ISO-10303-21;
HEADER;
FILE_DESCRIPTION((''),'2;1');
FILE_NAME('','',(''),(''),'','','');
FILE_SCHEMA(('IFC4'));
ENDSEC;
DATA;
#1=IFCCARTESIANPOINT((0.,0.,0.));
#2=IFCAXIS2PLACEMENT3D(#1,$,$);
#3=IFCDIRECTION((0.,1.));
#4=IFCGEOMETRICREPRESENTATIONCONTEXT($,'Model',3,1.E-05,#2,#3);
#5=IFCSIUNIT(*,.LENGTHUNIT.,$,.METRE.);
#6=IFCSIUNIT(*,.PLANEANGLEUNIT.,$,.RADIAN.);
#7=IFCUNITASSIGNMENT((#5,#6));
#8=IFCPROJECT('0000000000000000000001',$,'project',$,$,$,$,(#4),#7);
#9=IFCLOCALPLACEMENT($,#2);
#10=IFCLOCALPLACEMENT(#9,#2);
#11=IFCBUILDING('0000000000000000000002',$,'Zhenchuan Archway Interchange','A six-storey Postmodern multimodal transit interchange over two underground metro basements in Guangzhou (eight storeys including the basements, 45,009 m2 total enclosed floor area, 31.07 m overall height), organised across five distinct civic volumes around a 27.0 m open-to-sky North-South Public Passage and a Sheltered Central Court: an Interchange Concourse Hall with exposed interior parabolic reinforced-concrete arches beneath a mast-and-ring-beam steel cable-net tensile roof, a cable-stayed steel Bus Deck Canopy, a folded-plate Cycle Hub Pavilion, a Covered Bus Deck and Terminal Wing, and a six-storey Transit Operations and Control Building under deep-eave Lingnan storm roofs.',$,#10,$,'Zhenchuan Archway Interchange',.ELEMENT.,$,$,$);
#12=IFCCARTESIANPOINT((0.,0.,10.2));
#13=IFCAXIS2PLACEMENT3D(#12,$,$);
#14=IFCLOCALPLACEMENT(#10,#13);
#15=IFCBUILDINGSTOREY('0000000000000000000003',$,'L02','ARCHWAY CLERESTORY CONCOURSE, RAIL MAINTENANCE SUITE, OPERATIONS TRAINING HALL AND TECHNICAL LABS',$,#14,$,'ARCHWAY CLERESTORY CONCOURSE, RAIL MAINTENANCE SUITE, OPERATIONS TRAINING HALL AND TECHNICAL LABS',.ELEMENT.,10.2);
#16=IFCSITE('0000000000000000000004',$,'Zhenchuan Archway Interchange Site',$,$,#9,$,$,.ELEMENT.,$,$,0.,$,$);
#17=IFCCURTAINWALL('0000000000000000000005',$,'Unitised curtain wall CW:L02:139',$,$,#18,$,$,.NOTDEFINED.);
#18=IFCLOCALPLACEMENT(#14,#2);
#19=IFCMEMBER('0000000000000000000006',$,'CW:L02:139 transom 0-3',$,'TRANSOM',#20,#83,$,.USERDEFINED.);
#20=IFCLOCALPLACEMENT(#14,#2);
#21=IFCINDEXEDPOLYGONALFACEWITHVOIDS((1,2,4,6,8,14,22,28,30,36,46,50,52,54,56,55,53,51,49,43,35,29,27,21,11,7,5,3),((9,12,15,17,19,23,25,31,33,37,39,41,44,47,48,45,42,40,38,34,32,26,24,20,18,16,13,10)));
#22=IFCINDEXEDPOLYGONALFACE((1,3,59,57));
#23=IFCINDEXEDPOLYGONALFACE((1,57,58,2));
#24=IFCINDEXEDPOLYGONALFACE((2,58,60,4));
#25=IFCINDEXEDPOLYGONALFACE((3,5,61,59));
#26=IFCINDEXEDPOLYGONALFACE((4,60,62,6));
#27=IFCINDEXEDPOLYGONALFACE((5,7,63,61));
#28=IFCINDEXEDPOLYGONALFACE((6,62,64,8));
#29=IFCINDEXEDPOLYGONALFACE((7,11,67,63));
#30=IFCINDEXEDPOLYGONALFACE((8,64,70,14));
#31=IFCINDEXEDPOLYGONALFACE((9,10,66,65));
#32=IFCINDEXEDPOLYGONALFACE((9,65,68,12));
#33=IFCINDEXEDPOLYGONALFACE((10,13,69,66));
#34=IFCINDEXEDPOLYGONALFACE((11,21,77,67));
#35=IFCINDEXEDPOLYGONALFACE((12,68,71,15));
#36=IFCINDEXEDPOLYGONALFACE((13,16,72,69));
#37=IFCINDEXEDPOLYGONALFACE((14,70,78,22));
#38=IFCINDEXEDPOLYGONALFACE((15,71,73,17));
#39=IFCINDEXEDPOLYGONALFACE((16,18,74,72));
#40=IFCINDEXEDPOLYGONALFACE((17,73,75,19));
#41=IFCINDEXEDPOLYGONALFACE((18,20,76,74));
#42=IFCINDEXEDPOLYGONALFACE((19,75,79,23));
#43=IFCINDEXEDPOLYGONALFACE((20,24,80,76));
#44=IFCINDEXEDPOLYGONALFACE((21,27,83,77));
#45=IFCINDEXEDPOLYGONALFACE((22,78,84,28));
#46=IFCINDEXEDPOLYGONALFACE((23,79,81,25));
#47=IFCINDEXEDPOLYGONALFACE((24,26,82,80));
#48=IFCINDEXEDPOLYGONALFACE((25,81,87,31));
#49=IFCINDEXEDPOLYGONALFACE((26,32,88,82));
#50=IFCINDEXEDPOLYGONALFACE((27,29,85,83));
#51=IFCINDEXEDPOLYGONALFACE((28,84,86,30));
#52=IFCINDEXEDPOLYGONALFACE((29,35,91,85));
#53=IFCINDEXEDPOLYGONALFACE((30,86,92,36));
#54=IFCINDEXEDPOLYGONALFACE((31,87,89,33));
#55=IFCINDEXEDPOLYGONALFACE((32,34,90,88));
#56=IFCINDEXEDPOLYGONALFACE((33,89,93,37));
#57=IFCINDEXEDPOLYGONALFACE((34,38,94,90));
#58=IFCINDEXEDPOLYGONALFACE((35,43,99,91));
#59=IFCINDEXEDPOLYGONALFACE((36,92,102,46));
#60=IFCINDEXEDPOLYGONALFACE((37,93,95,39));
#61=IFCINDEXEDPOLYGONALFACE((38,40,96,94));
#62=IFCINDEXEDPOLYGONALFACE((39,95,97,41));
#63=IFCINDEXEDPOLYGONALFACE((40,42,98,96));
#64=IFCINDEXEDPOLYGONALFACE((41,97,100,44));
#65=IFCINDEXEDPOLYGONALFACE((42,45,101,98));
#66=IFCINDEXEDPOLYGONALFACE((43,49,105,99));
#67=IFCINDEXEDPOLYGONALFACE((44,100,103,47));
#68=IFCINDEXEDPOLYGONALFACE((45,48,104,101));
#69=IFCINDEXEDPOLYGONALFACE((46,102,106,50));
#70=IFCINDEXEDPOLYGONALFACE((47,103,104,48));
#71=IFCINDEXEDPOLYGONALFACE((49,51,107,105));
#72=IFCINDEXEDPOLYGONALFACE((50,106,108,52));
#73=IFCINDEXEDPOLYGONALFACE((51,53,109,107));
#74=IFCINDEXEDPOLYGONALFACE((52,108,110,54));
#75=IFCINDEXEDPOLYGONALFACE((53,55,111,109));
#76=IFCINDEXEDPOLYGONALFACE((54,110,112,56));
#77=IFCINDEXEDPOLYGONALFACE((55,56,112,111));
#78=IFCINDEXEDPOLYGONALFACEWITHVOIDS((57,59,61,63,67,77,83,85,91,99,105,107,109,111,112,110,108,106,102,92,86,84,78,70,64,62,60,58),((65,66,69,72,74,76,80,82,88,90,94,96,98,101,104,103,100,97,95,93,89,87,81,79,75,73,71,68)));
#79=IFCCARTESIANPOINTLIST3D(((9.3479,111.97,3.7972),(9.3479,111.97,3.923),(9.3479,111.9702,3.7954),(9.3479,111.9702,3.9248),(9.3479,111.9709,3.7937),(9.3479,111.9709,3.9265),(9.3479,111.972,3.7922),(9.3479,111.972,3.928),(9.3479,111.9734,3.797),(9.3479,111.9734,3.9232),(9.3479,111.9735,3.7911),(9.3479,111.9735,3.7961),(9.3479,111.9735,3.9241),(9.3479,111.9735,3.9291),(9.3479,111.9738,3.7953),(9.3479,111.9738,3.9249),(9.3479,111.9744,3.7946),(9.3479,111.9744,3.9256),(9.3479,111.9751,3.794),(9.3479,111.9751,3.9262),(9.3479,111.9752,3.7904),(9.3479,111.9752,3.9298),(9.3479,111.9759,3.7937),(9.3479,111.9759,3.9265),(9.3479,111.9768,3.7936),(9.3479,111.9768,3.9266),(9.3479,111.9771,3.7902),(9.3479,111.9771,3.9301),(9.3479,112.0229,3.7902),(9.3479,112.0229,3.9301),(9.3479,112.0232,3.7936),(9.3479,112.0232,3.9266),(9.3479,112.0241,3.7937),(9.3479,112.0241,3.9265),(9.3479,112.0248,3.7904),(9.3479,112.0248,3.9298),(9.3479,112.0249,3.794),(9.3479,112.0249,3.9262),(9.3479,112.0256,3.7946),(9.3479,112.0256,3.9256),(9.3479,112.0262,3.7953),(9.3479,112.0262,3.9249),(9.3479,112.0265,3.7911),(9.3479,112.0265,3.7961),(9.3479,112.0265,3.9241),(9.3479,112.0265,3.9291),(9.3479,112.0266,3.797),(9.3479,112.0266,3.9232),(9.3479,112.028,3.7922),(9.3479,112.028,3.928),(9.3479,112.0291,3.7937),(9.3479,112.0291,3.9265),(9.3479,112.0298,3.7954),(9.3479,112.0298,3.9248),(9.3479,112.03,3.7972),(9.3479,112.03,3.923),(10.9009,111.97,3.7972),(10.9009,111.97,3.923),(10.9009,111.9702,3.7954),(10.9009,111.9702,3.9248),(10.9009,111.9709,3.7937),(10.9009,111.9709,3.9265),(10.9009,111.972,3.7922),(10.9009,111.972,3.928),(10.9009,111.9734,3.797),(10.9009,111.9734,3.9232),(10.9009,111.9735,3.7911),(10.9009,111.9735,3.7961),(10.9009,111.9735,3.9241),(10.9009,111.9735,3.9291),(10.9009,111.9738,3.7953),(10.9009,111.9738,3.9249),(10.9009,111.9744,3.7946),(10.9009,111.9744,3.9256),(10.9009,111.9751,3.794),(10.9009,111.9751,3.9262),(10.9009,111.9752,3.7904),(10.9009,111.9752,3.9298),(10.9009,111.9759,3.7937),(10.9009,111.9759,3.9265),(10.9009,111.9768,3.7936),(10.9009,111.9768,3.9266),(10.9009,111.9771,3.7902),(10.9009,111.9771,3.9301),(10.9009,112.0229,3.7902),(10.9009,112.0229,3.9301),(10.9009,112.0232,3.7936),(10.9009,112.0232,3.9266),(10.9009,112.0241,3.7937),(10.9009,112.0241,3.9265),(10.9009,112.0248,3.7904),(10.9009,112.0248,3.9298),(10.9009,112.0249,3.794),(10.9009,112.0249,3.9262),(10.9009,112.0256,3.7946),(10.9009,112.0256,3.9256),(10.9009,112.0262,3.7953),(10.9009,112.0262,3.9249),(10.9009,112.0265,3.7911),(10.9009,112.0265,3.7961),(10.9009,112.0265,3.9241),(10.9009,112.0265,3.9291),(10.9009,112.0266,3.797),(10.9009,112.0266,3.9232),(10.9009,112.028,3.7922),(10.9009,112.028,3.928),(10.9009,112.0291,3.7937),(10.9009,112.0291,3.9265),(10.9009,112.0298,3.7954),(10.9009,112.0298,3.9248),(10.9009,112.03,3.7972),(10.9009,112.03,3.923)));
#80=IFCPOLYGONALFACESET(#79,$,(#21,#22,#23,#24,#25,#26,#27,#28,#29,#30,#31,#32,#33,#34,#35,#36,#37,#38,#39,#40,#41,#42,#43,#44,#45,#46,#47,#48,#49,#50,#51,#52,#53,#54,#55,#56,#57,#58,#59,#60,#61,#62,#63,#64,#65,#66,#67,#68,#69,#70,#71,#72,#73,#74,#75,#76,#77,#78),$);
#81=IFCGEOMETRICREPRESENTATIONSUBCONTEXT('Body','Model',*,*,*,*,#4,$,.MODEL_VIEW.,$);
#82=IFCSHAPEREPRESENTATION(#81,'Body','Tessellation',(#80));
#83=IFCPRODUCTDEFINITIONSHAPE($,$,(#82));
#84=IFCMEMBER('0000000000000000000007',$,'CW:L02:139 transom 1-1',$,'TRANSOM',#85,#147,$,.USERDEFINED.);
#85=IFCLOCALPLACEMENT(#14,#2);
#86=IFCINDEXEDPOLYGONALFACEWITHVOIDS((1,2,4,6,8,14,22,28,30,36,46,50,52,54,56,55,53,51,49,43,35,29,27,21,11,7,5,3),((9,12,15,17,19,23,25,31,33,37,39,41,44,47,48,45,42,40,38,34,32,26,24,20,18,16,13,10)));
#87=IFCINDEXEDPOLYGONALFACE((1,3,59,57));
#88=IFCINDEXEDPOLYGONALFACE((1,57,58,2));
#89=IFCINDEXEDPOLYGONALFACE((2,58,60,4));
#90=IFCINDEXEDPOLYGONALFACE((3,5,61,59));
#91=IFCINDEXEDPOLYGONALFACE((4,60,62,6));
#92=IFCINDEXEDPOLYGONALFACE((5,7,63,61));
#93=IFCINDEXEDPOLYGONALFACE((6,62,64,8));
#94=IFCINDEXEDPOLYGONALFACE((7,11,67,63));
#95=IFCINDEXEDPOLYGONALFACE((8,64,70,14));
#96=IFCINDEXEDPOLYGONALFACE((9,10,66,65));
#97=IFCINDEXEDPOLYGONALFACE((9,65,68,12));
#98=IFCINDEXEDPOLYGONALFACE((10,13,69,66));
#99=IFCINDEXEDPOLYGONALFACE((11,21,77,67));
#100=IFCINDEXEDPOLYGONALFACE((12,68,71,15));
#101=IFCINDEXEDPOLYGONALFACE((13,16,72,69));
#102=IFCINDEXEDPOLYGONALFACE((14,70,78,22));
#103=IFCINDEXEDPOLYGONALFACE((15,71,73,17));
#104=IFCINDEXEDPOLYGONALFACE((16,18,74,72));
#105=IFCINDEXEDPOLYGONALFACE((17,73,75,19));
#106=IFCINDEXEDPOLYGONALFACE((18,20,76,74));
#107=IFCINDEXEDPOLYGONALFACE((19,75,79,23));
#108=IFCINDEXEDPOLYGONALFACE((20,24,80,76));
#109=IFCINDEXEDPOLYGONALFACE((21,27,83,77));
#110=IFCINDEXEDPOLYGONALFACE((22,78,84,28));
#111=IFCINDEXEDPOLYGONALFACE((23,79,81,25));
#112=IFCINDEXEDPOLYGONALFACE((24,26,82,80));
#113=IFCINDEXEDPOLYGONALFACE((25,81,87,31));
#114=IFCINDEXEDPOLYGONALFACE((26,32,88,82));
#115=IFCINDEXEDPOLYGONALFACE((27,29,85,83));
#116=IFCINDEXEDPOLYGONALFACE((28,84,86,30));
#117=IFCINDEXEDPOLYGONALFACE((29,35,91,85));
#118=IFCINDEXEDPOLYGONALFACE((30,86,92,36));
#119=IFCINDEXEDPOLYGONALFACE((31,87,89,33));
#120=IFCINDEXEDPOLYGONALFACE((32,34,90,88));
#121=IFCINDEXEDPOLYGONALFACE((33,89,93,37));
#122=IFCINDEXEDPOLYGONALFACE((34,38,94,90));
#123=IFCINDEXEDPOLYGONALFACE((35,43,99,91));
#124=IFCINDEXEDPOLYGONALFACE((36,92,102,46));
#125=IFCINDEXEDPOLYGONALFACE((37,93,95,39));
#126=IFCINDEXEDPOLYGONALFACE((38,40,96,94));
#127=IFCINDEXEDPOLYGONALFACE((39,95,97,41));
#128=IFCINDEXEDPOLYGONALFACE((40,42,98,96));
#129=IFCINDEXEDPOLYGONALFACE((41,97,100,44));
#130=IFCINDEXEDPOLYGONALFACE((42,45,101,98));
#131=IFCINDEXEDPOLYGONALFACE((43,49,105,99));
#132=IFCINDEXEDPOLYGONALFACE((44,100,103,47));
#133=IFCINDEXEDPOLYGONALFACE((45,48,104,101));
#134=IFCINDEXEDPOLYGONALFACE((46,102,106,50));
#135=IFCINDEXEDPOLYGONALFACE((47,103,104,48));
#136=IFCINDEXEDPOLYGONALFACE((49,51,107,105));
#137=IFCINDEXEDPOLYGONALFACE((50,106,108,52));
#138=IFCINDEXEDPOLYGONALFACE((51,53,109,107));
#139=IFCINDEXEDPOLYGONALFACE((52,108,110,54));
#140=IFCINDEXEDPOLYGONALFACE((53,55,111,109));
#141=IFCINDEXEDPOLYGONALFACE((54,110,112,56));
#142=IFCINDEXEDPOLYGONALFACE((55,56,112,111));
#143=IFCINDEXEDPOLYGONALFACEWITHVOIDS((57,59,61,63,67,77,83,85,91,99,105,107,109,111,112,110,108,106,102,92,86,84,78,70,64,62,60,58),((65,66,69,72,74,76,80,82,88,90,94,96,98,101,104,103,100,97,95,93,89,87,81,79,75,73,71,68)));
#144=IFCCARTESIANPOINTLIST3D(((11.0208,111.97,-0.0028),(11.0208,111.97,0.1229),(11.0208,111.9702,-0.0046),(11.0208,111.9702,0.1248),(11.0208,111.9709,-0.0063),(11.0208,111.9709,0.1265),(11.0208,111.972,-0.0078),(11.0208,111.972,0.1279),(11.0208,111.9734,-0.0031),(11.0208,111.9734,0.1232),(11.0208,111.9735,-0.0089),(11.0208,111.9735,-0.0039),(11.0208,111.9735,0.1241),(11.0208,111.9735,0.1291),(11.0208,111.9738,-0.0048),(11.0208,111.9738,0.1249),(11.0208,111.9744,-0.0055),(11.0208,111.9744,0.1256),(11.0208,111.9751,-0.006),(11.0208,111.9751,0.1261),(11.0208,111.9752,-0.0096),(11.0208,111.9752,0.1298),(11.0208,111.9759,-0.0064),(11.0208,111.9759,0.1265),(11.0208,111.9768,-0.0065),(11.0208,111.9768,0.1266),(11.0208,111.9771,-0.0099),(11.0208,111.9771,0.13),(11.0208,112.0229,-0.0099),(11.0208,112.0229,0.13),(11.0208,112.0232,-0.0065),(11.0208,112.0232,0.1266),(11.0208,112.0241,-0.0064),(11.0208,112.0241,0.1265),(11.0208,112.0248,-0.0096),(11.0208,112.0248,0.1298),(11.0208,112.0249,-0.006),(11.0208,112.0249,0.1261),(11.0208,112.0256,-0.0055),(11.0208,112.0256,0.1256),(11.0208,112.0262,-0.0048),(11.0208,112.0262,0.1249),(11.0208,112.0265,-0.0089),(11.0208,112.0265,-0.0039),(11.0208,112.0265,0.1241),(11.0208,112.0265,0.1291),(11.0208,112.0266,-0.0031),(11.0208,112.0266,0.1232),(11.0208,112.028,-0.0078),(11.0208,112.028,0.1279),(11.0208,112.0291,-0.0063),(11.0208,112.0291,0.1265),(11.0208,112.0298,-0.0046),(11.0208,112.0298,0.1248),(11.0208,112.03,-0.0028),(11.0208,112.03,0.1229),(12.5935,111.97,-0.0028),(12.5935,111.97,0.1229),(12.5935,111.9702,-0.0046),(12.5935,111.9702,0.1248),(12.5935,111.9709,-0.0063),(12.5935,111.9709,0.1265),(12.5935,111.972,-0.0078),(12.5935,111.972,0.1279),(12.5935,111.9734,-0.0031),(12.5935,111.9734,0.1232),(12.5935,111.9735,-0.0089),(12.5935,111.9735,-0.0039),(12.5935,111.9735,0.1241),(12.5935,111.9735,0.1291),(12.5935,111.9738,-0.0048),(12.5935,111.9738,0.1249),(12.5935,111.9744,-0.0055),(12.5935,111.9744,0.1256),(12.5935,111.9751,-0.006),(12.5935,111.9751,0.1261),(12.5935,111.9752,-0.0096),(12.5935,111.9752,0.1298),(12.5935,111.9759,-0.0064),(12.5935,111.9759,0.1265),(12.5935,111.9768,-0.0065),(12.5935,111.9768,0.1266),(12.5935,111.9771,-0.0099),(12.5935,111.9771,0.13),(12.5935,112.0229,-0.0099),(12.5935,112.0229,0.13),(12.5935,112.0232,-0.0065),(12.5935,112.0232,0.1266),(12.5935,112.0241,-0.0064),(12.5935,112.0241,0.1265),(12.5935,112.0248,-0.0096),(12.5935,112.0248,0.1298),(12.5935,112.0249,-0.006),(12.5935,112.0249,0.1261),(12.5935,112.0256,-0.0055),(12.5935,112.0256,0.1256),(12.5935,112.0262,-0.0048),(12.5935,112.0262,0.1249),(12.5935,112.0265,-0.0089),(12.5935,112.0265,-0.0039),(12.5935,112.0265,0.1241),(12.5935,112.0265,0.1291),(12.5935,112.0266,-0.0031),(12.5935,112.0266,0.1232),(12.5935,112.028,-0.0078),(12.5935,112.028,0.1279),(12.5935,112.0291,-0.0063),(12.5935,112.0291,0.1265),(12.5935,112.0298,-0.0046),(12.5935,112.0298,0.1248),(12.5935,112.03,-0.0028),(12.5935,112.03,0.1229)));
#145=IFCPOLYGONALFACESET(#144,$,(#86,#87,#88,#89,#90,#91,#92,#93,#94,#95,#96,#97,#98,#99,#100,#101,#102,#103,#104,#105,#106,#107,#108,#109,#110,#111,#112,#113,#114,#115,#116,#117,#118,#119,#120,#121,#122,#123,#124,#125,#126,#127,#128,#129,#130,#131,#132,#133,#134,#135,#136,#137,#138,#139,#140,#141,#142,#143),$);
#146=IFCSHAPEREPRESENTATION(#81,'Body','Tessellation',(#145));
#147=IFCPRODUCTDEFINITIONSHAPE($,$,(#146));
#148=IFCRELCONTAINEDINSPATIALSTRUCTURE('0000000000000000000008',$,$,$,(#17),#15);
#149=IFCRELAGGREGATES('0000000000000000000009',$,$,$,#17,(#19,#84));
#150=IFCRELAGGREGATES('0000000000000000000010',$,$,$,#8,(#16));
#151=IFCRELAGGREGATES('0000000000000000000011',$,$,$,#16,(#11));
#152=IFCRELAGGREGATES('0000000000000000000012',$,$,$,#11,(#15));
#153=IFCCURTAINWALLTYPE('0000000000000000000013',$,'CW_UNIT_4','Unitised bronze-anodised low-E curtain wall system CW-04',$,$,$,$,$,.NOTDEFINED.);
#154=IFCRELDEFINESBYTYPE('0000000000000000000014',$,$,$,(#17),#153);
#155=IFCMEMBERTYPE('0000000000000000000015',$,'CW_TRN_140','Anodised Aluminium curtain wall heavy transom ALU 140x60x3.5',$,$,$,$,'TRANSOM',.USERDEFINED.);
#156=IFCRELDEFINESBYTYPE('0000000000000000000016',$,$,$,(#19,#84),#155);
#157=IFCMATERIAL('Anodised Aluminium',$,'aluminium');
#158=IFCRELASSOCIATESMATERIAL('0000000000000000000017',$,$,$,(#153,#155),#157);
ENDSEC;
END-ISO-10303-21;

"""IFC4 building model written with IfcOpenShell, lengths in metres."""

from ifc_helpers import new_model, si_unit, direction, frame, origin, origin_2d, place, context, subcontext, project, spatial, hollow_rectangle, extrude, material, material_profile, profile_set, type_object, element, aggregate, save


model = new_model("IFC4")

# Units and contexts
model_context = context("Model", 3, precision=1e-05, world=origin(), true_north=direction((0.0, 1.0)))
body_context = subcontext(model_context, "Body", "Model", "MODEL_VIEW")
ifc_project = project(units=[si_unit("LENGTHUNIT", "METRE"), si_unit("PLANEANGLEUNIT", "RADIAN")], contexts=[model_context])

# Site, building, storey
site_placement = place(None, origin())
site = spatial("IfcSite", under=ifc_project, at=site_placement, Name="Zhenchuan Archway Interchange Site", CompositionType="ELEMENT", RefElevation=0.0)
building_placement = place(site_placement, origin())
building = spatial("IfcBuilding", under=site, at=building_placement, Name="Zhenchuan Archway Interchange", Description="A six-storey Postmodern multimodal transit interchange over two underground metro basements in Guangzhou (eight storeys including the basements, 45,009 m2 total enclosed floor area, 31.07 m overall height), organised across five distinct civic volumes around a 27.0 m open-to-sky North-South Public Passage and a Sheltered Central Court: an Interchange Concourse Hall with exposed interior parabolic reinforced-concrete arches beneath a mast-and-ring-beam steel cable-net tensile roof, a cable-stayed steel Bus Deck Canopy, a folded-plate Cycle Hub Pavilion, a Covered Bus Deck and Terminal Wing, and a six-storey Transit Operations and Control Building under deep-eave Lingnan storm roofs.", LongName="Zhenchuan Archway Interchange", CompositionType="ELEMENT")
storey_placement = place(building_placement, frame((0.0, 0.0, 10.2)))
storey = spatial("IfcBuildingStorey", under=building, at=storey_placement, Name="L02", Description="ARCHWAY CLERESTORY CONCOURSE, RAIL MAINTENANCE SUITE, OPERATIONS TRAINING HALL AND TECHNICAL LABS", LongName="ARCHWAY CLERESTORY CONCOURSE, RAIL MAINTENANCE SUITE, OPERATIONS TRAINING HALL AND TECHNICAL LABS", CompositionType="ELEMENT", Elevation=10.2)

# Shared definitions
ifc_material_1 = material(Name="Anodised Aluminium", Category="aluminium")

# Curtain wall, members
curtain_wall_type_1 = type_object("IfcCurtainWallType", Name="CW_UNIT_4", Description="Unitised bronze-anodised low-E curtain wall system CW-04", PredefinedType="NOTDEFINED", material=ifc_material_1)
curtain_wall_1_placement = place(storey_placement, origin())
curtain_wall_1 = element("IfcCurtainWall", 1, at=curtain_wall_1_placement, inside=storey, type_object=curtain_wall_type_1, Name="Unitised curtain wall CW:L02:139", PredefinedType="NOTDEFINED")
ifc_material_profile_1 = material_profile(ifc_material_1, hollow_rectangle(XDim=0.0601, YDim=0.1399, WallThickness=0.0034, InnerFilletRadius=0.0034, OuterFilletRadius=0.0071, at=origin_2d()), Name="ALU 140x60x3.5")
ifc_profile_set_1 = profile_set([ifc_material_profile_1], Name="Anodised Aluminium")
member_type_1 = type_object("IfcMemberType", Name="CW_TRN_140", Description="Anodised Aluminium curtain wall heavy transom ALU 140x60x3.5", ElementType="TRANSOM", PredefinedType="USERDEFINED", material=ifc_profile_set_1)
member_1_placement = place(storey_placement, frame((9.3479, 112.0, 3.8601), z_axis=(1.0, 0.0, 0.0), x_axis=(0.0, 1.0, 0.0)))
member_1 = element("IfcMember", 2, at=member_1_placement, type_object=member_type_1, Name="CW:L02:139 transom 0-3", ObjectType="TRANSOM", PredefinedType="USERDEFINED", context=body_context, shape_type="SweptSolid", body=[
    extrude(hollow_rectangle(XDim=0.0601, YDim=0.1399, WallThickness=0.0034, InnerFilletRadius=0.0034, OuterFilletRadius=0.0071, at=origin_2d()), origin(), (0.0, 0.0, 1.0), 1.553),
])
member_2_placement = place(storey_placement, frame((11.0208, 112.0, 0.0601), z_axis=(1.0, 0.0, 0.0), x_axis=(0.0, 1.0, 0.0)))
member_2 = element("IfcMember", 3, at=member_2_placement, type_object=member_type_1, Name="CW:L02:139 transom 1-1", ObjectType="TRANSOM", PredefinedType="USERDEFINED", context=body_context, shape_type="SweptSolid", body=[
    extrude(hollow_rectangle(XDim=0.0601, YDim=0.1399, WallThickness=0.0034, InnerFilletRadius=0.0034, OuterFilletRadius=0.0071, at=origin_2d()), origin(), (0.0, 0.0, 1.0), 1.5728),
])

aggregate(curtain_wall_1, [member_1, member_2])

save(model, "model.ifc")
